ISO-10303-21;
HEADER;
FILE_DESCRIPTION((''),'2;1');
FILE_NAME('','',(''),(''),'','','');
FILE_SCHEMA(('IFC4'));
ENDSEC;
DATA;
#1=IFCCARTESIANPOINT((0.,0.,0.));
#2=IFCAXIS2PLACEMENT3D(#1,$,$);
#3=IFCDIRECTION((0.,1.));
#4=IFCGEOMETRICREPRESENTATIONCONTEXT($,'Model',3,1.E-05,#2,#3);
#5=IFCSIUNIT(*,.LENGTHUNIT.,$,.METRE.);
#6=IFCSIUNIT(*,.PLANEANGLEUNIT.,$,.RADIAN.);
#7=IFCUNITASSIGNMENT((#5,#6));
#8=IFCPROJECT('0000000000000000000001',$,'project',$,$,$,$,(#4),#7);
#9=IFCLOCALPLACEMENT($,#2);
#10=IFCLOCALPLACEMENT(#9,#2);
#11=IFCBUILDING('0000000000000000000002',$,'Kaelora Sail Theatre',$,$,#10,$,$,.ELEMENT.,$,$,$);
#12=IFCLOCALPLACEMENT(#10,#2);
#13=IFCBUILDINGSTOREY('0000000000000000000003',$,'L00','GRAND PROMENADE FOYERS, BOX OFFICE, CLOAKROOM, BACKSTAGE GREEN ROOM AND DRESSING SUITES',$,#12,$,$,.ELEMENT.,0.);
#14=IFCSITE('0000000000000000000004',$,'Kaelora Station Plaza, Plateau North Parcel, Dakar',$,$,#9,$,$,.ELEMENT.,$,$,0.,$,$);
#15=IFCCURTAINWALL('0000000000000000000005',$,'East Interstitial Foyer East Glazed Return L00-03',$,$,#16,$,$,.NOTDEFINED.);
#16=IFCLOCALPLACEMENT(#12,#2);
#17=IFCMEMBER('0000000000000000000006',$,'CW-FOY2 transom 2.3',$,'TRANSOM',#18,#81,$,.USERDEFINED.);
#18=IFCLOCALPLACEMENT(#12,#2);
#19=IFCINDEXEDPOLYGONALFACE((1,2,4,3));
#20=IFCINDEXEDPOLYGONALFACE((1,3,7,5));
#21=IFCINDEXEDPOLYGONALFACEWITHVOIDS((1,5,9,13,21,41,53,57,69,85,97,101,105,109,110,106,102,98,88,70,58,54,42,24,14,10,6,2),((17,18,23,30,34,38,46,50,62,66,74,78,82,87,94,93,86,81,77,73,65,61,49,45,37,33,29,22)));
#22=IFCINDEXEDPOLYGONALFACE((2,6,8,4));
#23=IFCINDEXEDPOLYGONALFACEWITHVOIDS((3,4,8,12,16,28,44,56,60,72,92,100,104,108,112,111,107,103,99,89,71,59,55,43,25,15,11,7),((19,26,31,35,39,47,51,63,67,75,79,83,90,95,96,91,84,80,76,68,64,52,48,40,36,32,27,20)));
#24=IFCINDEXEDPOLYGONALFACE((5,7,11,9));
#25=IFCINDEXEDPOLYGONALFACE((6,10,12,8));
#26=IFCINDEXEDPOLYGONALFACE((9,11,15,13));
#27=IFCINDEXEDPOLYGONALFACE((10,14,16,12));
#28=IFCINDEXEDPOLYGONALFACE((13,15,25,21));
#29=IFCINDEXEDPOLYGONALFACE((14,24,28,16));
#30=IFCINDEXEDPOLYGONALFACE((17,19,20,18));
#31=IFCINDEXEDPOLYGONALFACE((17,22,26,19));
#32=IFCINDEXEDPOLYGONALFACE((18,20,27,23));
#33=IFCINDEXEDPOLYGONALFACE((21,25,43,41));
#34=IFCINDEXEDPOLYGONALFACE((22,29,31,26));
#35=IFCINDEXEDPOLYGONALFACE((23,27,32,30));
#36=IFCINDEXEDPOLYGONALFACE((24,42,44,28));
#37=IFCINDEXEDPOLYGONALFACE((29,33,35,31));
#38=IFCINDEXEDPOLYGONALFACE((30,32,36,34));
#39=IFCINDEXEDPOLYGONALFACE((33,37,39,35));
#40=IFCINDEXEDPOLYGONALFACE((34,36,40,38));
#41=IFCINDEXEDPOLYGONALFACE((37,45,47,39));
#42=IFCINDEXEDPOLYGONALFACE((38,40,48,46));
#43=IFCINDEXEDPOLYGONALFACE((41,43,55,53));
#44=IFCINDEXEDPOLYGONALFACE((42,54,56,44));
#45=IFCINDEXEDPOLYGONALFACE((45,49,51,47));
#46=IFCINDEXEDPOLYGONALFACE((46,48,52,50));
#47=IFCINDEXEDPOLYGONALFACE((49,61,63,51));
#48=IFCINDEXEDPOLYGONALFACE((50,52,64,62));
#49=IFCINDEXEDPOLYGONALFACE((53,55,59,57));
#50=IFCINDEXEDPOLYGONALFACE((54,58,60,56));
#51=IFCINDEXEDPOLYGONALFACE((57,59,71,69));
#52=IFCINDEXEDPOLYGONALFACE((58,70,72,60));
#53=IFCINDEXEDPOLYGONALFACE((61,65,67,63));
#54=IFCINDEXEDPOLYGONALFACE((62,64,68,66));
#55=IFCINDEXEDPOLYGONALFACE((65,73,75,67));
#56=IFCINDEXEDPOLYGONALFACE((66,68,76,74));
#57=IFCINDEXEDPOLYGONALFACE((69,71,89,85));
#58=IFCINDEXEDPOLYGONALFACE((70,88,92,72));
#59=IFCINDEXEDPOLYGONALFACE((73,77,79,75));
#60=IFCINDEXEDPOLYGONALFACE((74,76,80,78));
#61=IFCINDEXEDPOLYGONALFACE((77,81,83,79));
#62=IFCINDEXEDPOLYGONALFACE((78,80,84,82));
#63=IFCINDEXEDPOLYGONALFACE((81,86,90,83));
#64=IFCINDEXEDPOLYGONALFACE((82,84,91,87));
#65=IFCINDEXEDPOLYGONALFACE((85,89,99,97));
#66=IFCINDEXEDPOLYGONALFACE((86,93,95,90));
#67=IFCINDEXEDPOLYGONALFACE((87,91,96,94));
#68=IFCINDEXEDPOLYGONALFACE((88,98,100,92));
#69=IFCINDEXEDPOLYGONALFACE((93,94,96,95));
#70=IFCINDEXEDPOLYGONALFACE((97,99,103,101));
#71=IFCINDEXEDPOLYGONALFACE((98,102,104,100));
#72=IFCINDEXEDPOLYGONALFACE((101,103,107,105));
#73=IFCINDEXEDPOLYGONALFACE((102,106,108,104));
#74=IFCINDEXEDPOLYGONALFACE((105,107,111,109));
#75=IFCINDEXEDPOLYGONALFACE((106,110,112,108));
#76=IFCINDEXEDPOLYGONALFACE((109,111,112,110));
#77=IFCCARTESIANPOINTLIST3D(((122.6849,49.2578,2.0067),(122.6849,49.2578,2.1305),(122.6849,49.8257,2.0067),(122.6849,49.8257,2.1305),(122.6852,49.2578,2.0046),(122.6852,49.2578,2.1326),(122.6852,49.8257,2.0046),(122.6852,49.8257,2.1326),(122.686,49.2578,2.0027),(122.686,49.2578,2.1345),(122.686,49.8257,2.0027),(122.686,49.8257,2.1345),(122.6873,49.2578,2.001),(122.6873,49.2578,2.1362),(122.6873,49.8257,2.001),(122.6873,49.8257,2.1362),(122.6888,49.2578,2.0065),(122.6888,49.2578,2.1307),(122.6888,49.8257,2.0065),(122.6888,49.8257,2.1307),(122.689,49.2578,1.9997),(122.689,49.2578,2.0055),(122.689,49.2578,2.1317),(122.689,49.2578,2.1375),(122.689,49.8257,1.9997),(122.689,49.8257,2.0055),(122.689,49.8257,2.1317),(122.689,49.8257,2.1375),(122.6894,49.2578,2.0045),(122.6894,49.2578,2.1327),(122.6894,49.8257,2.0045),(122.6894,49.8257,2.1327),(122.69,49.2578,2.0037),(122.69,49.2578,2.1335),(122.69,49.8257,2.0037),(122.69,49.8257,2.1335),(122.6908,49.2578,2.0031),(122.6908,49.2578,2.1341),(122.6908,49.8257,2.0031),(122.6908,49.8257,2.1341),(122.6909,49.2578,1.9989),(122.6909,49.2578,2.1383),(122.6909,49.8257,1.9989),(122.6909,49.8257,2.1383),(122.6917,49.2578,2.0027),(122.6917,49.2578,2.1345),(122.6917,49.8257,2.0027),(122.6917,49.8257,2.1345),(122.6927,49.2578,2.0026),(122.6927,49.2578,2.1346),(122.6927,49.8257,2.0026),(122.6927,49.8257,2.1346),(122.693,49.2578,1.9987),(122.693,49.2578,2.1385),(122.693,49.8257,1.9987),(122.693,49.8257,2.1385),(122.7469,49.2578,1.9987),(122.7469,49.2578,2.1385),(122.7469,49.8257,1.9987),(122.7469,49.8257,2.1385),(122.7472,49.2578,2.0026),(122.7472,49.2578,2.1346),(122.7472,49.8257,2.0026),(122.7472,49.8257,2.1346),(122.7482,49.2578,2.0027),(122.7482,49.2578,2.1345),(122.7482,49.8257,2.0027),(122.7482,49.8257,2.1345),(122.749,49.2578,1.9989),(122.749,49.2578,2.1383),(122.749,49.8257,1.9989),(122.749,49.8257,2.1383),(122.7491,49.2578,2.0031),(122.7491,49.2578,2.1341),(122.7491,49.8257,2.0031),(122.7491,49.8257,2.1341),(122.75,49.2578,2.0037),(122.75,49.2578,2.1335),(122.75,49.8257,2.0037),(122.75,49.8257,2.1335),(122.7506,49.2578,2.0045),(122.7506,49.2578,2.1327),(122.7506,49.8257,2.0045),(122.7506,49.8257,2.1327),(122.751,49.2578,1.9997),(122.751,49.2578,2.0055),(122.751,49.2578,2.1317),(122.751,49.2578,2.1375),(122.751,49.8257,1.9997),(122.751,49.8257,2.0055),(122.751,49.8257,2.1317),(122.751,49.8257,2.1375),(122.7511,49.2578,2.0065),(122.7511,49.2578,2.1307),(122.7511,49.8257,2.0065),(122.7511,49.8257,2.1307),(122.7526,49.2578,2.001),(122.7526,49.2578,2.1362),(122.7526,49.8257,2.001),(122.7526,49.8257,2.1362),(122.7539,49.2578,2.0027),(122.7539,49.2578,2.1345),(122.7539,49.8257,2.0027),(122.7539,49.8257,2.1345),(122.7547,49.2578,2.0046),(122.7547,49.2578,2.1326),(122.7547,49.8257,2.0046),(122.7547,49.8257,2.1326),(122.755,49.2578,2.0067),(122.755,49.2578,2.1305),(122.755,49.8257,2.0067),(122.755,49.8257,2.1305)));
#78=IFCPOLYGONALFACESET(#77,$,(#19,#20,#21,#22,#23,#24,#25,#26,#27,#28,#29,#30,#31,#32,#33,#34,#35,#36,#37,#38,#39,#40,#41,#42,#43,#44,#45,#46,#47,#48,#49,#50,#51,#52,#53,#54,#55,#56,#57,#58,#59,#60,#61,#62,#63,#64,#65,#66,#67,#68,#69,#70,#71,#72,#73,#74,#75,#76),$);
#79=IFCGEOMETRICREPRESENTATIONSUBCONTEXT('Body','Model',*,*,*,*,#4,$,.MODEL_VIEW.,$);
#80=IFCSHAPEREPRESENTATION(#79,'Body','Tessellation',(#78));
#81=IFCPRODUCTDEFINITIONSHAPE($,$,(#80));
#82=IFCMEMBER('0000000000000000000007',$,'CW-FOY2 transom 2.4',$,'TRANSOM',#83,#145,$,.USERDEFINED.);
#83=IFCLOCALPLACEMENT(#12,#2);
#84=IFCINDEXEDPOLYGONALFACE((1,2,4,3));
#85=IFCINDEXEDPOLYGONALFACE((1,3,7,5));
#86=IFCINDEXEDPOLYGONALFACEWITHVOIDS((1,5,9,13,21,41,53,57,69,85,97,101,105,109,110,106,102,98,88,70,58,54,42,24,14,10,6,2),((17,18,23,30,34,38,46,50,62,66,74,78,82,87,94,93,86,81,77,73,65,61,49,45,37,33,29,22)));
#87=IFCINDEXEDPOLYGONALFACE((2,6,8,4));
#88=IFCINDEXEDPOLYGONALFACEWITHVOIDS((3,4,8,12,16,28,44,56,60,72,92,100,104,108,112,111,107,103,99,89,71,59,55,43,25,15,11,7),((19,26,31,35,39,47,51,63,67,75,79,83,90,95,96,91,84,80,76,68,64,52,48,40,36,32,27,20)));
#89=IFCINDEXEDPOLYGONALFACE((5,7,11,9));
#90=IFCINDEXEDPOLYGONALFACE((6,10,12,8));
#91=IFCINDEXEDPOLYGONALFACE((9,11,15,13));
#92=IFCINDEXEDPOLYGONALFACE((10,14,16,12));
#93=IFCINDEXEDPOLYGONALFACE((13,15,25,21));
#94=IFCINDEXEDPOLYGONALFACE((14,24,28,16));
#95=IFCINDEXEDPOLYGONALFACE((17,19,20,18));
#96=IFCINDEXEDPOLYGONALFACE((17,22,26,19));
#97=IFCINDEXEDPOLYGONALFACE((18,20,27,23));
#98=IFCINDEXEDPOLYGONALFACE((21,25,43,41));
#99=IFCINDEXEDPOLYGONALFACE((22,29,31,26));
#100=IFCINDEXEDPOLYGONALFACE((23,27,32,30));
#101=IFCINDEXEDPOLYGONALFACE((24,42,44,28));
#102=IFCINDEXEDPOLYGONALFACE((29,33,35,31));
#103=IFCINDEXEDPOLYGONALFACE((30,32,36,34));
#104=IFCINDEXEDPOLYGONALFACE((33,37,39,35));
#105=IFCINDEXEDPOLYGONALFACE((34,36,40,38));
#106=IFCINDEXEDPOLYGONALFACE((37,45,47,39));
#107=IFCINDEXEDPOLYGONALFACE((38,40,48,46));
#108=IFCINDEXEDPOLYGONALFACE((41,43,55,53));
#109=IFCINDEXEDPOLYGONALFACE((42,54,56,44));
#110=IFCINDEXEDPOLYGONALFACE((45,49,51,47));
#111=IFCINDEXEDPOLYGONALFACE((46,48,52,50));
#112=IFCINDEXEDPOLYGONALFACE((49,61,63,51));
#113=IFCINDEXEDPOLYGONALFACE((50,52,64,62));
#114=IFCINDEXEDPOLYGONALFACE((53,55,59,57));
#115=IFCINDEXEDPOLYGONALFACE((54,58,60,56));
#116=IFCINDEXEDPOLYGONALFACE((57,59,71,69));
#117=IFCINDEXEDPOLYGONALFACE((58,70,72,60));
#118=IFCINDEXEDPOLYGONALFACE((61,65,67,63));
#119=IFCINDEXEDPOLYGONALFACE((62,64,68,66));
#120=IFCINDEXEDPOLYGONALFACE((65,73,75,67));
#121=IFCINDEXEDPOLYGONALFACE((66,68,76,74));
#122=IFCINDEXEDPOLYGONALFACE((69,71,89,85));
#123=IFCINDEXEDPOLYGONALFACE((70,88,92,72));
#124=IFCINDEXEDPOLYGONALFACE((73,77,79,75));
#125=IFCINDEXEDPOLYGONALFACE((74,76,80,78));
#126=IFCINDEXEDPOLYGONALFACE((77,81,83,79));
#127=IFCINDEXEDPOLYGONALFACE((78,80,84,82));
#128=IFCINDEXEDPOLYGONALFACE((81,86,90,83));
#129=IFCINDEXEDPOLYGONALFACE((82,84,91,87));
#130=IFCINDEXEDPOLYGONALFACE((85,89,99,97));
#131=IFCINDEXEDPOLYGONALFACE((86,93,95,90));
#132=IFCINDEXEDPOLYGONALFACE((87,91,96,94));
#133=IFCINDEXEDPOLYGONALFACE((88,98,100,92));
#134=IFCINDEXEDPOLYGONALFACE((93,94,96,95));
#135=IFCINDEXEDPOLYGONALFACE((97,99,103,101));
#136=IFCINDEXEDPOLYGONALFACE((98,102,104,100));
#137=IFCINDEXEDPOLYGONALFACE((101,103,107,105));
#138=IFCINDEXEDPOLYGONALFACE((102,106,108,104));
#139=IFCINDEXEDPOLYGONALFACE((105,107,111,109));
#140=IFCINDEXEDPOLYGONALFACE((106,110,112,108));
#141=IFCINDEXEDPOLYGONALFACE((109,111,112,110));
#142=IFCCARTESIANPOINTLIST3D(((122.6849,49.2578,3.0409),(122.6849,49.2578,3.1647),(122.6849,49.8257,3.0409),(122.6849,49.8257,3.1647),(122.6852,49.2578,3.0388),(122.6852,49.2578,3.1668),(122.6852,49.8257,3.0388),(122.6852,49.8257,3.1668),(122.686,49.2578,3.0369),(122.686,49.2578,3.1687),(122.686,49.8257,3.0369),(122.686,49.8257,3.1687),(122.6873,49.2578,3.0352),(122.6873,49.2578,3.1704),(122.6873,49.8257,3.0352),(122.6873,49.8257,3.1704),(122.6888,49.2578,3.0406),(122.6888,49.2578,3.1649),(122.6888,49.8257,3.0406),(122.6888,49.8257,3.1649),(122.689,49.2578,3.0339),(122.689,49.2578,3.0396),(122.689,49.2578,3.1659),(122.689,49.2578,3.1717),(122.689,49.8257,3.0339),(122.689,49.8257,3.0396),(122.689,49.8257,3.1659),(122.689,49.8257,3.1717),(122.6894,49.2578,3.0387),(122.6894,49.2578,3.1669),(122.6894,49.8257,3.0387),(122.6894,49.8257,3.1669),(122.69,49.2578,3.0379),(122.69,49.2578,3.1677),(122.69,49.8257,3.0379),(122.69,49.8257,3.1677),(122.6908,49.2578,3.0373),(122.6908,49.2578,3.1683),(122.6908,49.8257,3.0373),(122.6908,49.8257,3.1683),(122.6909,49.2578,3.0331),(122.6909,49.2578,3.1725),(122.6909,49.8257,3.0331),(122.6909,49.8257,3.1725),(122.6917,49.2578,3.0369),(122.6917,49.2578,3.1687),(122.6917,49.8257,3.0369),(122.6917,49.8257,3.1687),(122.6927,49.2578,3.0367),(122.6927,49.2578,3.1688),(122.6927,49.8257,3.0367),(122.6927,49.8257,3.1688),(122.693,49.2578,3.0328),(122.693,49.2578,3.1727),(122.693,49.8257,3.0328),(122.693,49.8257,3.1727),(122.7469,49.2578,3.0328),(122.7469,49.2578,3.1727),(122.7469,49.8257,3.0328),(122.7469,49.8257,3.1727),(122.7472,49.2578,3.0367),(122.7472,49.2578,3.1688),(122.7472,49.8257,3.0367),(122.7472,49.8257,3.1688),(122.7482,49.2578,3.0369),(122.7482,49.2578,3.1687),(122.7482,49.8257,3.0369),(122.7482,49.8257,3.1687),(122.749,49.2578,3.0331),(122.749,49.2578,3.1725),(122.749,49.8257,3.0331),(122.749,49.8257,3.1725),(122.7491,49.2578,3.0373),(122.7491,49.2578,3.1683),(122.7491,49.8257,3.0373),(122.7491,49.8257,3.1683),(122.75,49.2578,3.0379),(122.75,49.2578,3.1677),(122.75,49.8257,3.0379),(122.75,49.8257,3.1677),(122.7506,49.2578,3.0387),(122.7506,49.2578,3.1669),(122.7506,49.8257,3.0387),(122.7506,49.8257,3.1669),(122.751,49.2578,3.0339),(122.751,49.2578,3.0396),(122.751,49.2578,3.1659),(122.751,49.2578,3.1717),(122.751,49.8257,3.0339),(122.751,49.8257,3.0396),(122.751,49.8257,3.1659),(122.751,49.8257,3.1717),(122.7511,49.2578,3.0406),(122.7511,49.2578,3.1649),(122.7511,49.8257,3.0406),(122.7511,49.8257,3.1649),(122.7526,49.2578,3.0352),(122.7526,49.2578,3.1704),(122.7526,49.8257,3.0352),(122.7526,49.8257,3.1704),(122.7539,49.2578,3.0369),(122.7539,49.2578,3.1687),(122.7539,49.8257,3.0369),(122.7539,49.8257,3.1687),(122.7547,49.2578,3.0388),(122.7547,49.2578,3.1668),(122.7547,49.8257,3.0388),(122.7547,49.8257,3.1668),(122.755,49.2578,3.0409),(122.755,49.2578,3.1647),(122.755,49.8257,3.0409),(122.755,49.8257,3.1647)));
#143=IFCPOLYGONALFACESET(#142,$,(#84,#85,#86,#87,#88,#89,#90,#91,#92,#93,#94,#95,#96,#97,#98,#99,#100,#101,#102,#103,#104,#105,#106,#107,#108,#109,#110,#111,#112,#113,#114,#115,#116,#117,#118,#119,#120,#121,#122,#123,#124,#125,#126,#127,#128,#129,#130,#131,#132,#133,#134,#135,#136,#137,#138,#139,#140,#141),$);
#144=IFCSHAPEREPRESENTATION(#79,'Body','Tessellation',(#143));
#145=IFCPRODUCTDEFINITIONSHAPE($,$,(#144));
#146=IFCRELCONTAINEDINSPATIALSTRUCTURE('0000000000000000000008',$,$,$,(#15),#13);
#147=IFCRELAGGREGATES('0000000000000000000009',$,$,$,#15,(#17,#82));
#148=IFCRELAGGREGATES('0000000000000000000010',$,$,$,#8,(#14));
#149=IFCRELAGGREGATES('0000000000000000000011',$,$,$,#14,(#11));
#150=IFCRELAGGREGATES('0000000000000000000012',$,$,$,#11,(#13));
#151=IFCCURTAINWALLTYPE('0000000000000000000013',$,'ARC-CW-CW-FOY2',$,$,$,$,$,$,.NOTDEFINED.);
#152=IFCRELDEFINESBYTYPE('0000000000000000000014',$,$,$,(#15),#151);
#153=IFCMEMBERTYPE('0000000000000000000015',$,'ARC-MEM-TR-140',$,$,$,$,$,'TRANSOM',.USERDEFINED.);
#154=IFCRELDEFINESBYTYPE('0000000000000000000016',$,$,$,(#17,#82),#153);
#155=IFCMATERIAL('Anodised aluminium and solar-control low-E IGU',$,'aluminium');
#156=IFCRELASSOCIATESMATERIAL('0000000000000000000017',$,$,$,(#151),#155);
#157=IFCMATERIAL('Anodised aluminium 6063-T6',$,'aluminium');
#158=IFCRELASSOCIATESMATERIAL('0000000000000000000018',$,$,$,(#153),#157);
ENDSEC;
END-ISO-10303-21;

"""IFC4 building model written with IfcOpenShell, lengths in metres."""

from ifc_helpers import new_model, si_unit, direction, frame, origin, origin_2d, place, context, subcontext, project, spatial, hollow_rectangle, extrude, material, material_profile, profile_set, type_object, element, aggregate, save


model = new_model("IFC4")

# Units and contexts
model_context = context("Model", 3, precision=1e-05, world=origin(), true_north=direction((0.0, 1.0)))
body_context = subcontext(model_context, "Body", "Model", "MODEL_VIEW")
ifc_project = project(units=[si_unit("LENGTHUNIT", "METRE"), si_unit("PLANEANGLEUNIT", "RADIAN")], contexts=[model_context])

# Site, building, storey
site_placement = place(None, origin())
site = spatial("IfcSite", under=ifc_project, at=site_placement, Name="Kaelora Station Plaza, Plateau North Parcel, Dakar", CompositionType="ELEMENT", RefElevation=0.0)
building_placement = place(site_placement, origin())
building = spatial("IfcBuilding", under=site, at=building_placement, Name="Kaelora Sail Theatre", CompositionType="ELEMENT")
storey_placement = place(building_placement, origin())
storey = spatial("IfcBuildingStorey", under=building, at=storey_placement, Name="L00", Description="GRAND PROMENADE FOYERS, BOX OFFICE, CLOAKROOM, BACKSTAGE GREEN ROOM AND DRESSING SUITES", CompositionType="ELEMENT", Elevation=0.0)

# Curtain wall, members
ifc_material_1 = material(Name="Anodised aluminium and solar-control low-E IGU", Category="aluminium")
curtain_wall_type = type_object("IfcCurtainWallType", Name="ARC-CW-CW-FOY2", PredefinedType="NOTDEFINED", material=ifc_material_1)
curtain_wall_placement = place(storey_placement, origin())
curtain_wall = element("IfcCurtainWall", 1, at=curtain_wall_placement, inside=storey, type_object=curtain_wall_type, Name="East Interstitial Foyer East Glazed Return L00-03", PredefinedType="NOTDEFINED")
ifc_material_2 = material(Name="Anodised aluminium 6063-T6", Category="aluminium")
ifc_material_profile = material_profile(ifc_material_2, hollow_rectangle(XDim=0.0701, YDim=0.1399, WallThickness=0.0039, InnerFilletRadius=0.0039, OuterFilletRadius=0.0081, at=origin_2d()), Name="ALU-TRAN 70x140x4")
ifc_profile_set = profile_set([ifc_material_profile], Name="Anodised aluminium 6063-T6")
member_type = type_object("IfcMemberType", Name="ARC-MEM-TR-140", ElementType="TRANSOM", PredefinedType="USERDEFINED", material=ifc_profile_set)
member_1_placement = place(storey_placement, frame((122.72, 49.2578, 2.0686), z_axis=(0.0, 1.0, 0.0), x_axis=(-1.0, 0.0, 0.0)))
member_1 = element("IfcMember", 2, at=member_1_placement, type_object=member_type, Name="CW-FOY2 transom 2.3", ObjectType="TRANSOM", PredefinedType="USERDEFINED", context=body_context, shape_type="SweptSolid", body=[
    extrude(hollow_rectangle(XDim=0.0701, YDim=0.1399, WallThickness=0.0039, InnerFilletRadius=0.0039, OuterFilletRadius=0.0081, at=origin_2d()), origin(), (0.0, 0.0, 1.0), 0.5679),
])
member_2_placement = place(storey_placement, frame((122.72, 49.2578, 3.1028), z_axis=(0.0, 1.0, 0.0), x_axis=(-1.0, 0.0, 0.0)))
member_2 = element("IfcMember", 3, at=member_2_placement, type_object=member_type, Name="CW-FOY2 transom 2.4", ObjectType="TRANSOM", PredefinedType="USERDEFINED", context=body_context, shape_type="SweptSolid", body=[
    extrude(hollow_rectangle(XDim=0.0701, YDim=0.1399, WallThickness=0.0039, InnerFilletRadius=0.0039, OuterFilletRadius=0.0081, at=origin_2d()), origin(), (0.0, 0.0, 1.0), 0.5679),
])
aggregate(curtain_wall, [member_1, member_2])

save(model, "model.ifc")
